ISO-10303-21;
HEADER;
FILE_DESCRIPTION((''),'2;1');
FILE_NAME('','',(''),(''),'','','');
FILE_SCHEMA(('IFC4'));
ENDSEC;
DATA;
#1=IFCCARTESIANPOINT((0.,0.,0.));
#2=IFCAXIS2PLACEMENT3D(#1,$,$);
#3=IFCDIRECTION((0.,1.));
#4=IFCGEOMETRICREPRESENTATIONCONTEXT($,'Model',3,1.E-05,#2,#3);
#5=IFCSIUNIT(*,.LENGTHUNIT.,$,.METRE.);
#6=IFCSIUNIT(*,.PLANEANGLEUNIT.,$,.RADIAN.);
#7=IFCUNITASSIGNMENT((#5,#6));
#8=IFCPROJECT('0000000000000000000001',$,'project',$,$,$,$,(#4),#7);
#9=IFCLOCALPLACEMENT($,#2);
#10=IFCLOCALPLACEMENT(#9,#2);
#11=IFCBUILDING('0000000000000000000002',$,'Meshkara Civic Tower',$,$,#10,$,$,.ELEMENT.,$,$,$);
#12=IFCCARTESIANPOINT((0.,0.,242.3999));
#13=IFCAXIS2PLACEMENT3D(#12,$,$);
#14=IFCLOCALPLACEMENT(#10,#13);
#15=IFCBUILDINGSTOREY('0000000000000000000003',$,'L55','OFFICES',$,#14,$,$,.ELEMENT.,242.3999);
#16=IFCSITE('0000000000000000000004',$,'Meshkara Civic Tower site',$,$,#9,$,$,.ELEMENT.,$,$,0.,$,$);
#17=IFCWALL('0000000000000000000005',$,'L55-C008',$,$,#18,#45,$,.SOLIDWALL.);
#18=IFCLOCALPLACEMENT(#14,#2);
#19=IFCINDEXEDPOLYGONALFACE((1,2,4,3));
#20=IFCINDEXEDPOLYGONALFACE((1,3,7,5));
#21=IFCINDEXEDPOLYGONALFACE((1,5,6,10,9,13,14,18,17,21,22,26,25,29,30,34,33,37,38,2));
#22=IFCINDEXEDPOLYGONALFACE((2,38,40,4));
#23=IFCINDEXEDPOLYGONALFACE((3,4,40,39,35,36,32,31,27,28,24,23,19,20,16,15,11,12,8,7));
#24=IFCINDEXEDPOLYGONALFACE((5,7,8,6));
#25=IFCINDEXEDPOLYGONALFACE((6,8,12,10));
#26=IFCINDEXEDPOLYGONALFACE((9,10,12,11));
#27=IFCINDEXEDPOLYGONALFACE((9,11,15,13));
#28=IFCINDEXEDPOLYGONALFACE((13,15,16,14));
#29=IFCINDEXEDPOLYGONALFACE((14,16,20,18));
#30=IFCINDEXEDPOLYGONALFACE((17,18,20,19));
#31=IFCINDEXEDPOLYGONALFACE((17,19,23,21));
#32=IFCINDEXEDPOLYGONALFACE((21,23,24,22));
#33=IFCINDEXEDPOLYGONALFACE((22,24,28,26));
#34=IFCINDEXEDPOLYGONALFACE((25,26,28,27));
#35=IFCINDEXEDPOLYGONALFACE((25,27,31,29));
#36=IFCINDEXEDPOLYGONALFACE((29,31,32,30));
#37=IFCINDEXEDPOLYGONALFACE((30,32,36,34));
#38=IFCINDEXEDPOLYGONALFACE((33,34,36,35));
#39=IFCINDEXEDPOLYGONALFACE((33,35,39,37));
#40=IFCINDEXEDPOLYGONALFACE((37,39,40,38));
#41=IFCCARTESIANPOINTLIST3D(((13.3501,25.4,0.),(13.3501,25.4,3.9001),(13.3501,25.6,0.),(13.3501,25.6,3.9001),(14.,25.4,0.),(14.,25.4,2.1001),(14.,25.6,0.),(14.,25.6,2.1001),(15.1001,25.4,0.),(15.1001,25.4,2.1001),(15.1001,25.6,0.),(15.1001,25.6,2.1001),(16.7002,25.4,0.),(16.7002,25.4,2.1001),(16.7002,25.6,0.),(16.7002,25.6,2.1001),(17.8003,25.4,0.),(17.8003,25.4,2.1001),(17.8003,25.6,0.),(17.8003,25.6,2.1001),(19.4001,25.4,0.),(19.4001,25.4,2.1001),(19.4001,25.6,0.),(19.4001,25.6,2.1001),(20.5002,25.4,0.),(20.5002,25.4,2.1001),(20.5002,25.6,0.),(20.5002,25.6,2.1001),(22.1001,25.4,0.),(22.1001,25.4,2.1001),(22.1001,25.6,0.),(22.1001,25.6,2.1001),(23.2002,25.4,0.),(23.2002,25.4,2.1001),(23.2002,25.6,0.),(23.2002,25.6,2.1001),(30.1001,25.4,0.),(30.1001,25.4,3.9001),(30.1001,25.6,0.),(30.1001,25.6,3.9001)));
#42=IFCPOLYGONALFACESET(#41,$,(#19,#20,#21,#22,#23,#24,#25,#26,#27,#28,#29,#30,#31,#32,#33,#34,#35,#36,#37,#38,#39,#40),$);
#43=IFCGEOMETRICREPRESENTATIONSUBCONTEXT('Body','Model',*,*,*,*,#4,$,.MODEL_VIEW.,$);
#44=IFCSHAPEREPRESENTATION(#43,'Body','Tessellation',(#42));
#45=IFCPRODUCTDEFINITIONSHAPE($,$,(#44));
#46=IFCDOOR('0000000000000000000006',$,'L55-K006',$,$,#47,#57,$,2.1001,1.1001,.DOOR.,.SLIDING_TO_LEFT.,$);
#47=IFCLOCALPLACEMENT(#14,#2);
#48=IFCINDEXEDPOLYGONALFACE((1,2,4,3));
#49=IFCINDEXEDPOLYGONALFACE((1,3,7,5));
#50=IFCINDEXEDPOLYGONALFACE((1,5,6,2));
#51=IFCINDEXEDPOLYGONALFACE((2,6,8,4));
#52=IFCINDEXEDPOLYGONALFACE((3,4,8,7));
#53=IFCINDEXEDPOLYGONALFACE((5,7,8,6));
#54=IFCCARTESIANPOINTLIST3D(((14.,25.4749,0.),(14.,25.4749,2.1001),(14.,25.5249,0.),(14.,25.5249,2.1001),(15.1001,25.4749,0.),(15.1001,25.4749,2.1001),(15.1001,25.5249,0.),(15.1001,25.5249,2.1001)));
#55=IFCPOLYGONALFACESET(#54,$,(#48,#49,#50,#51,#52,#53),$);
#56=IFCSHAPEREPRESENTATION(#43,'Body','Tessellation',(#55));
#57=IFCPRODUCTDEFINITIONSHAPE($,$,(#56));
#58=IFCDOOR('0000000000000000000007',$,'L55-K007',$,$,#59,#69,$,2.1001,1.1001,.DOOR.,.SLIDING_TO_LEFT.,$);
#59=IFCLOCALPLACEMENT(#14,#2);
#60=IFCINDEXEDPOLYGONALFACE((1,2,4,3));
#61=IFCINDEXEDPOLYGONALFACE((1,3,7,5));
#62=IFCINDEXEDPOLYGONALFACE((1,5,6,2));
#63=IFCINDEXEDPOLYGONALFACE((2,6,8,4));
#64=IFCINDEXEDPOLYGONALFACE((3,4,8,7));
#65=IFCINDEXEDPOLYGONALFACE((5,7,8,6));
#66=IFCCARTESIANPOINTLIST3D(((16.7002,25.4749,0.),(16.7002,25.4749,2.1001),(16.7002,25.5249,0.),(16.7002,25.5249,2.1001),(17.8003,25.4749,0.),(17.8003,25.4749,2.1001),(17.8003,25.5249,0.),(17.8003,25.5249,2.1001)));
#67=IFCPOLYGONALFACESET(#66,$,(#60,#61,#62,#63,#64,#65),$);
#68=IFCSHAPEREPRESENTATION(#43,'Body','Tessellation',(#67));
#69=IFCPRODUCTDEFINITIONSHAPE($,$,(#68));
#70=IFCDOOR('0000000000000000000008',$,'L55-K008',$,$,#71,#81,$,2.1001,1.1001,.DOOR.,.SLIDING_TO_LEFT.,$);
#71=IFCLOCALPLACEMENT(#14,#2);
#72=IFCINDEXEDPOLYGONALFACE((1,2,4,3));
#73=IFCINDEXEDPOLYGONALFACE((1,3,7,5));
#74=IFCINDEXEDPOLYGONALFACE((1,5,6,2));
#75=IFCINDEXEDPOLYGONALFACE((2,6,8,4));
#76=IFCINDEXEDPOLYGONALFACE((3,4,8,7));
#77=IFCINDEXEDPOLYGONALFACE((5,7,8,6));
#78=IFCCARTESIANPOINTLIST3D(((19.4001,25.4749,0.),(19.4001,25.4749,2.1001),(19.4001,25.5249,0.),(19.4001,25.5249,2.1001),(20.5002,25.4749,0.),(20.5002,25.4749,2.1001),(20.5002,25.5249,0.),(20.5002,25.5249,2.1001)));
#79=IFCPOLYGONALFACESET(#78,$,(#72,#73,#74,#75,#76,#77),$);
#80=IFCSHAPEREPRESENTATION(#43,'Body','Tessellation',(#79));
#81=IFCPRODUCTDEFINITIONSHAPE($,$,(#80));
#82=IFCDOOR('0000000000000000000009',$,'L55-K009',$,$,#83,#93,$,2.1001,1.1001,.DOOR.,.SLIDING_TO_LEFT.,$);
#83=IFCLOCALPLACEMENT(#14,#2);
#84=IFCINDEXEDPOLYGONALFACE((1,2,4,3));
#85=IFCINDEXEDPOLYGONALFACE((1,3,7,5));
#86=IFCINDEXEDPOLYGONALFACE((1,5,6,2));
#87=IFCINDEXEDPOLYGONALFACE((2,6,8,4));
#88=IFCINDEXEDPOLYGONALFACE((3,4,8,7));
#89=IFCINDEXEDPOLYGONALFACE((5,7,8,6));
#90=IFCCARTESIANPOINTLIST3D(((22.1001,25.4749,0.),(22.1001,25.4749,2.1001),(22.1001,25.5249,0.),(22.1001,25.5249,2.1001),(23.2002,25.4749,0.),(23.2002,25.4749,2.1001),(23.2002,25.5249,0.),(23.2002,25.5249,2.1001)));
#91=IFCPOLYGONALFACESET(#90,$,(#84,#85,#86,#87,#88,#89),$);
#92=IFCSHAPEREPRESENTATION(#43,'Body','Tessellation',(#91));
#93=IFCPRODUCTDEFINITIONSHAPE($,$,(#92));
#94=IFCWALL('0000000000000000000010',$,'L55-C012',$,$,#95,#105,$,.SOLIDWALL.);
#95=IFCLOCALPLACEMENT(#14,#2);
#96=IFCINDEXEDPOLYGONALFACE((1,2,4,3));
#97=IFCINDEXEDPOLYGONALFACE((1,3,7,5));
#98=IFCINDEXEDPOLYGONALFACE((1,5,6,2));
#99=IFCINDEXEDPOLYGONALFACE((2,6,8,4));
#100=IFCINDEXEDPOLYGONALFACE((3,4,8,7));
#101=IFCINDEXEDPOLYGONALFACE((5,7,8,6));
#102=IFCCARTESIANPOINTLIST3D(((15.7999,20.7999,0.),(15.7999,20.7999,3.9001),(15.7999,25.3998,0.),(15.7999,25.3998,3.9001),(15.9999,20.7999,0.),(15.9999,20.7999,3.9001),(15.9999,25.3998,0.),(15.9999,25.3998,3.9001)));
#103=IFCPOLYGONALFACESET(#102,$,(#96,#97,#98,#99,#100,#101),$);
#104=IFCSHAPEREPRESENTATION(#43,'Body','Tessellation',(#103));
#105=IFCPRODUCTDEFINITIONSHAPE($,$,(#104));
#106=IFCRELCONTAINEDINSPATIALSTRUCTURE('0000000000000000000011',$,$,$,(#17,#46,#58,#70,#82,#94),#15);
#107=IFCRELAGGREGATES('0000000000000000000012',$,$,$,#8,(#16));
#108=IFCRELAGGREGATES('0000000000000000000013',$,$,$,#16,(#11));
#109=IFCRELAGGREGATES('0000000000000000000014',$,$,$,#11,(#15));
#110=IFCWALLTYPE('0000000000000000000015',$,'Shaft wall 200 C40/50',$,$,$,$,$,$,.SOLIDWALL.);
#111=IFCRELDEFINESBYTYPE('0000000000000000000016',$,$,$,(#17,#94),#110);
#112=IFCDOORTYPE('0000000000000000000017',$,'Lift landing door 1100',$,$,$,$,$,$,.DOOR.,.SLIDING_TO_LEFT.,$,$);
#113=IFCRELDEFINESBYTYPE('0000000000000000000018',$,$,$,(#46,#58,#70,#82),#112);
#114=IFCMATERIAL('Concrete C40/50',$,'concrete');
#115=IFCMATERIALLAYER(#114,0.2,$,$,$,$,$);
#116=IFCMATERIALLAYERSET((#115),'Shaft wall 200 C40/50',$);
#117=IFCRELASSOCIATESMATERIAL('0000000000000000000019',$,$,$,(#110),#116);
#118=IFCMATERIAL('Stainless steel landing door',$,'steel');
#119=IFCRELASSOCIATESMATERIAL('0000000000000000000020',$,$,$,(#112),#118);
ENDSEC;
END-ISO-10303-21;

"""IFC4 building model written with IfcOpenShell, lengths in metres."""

from ifc_helpers import new_model, si_unit, direction, frame, frame_2d, origin, place, context, subcontext, project, spatial, rectangle, extrude, material, layer, layer_set, type_object, element, fill, save


model = new_model("IFC4")

# Units and contexts
model_context = context("Model", 3, precision=1e-05, world=origin(), true_north=direction((0.0, 1.0)))
body_context = subcontext(model_context, "Body", "Model", "MODEL_VIEW")
ifc_project = project(units=[si_unit("LENGTHUNIT", "METRE"), si_unit("PLANEANGLEUNIT", "RADIAN")], contexts=[model_context])

# Site, building, storey
site_placement = place(None, origin())
site = spatial("IfcSite", under=ifc_project, at=site_placement, Name="Meshkara Civic Tower site", CompositionType="ELEMENT", RefElevation=0.0)
building_placement = place(site_placement, origin())
building = spatial("IfcBuilding", under=site, at=building_placement, Name="Meshkara Civic Tower", CompositionType="ELEMENT")
storey_placement = place(building_placement, frame((0.0, 0.0, 242.3999)))
storey = spatial("IfcBuildingStorey", under=building, at=storey_placement, Name="L55", Description="OFFICES", CompositionType="ELEMENT", Elevation=242.3999)

# Wall, openings, doors
ifc_material_1 = material(Name="Concrete C40/50", Category="concrete")
ifc_layer_1 = layer(ifc_material_1, 0.2)
ifc_layer_set_1 = layer_set([ifc_layer_1], Name="Shaft wall 200 C40/50")
wall_type_1 = type_object("IfcWallType", Name="Shaft wall 200 C40/50", PredefinedType="SOLIDWALL", material=ifc_layer_set_1)
ifc_material_2 = material(Name="Stainless steel landing door", Category="steel")
door_type_1 = type_object("IfcDoorType", Name="Lift landing door 1100", OperationType="SLIDING_TO_LEFT", PredefinedType="DOOR", material=ifc_material_2)
wall_1_placement = place(storey_placement, frame((13.3501, 25.5, 0.0), z_axis=(0.0, 0.0, 1.0), x_axis=(1.0, 0.0, 0.0)))
wall_1 = element("IfcWall", 1, at=wall_1_placement, inside=storey, type_object=wall_type_1, Name="L55-C008", PredefinedType="SOLIDWALL", context=body_context, shape_type="SweptSolid", body=[
    extrude(rectangle(XDim=16.75, YDim=0.2, at=frame_2d((8.375, 0.0))), origin(), (0.0, 0.0, 1.0), 3.9001),
])
opening_1_placement = place(wall_1_placement, frame((0.6499, 0.0, 0.0)))
opening_1 = element("IfcOpeningElement", 2, at=opening_1_placement, cuts=wall_1, PredefinedType="OPENING", context=body_context, shape_type="SweptSolid", body=[
    extrude(rectangle(XDim=1.1001, YDim=2.1001, at=frame_2d((0.55, 1.05))), frame((0.0, 0.1099, 0.0), z_axis=(0.0, -1.0, 0.0), x_axis=(1.0, 0.0, 0.0)), (0.0, 0.0, 1.0), 0.22),
])
opening_2_placement = place(wall_1_placement, frame((3.3501, 0.0, 0.0)))
opening_2 = element("IfcOpeningElement", 3, at=opening_2_placement, cuts=wall_1, PredefinedType="OPENING", context=body_context, shape_type="SweptSolid", body=[
    extrude(rectangle(XDim=1.1001, YDim=2.1001, at=frame_2d((0.55, 1.05))), frame((0.0, 0.1099, 0.0), z_axis=(0.0, -1.0, 0.0), x_axis=(1.0, 0.0, 0.0)), (0.0, 0.0, 1.0), 0.22),
])
opening_3_placement = place(wall_1_placement, frame((6.05, 0.0, 0.0)))
opening_3 = element("IfcOpeningElement", 4, at=opening_3_placement, cuts=wall_1, PredefinedType="OPENING", context=body_context, shape_type="SweptSolid", body=[
    extrude(rectangle(XDim=1.1001, YDim=2.1001, at=frame_2d((0.55, 1.05))), frame((0.0, 0.1099, 0.0), z_axis=(0.0, -1.0, 0.0), x_axis=(1.0, 0.0, 0.0)), (0.0, 0.0, 1.0), 0.22),
])
opening_4_placement = place(wall_1_placement, frame((8.75, 0.0, 0.0)))
opening_4 = element("IfcOpeningElement", 5, at=opening_4_placement, cuts=wall_1, PredefinedType="OPENING", context=body_context, shape_type="SweptSolid", body=[
    extrude(rectangle(XDim=1.1001, YDim=2.1001, at=frame_2d((0.55, 1.05))), frame((0.0, 0.1099, 0.0), z_axis=(0.0, -1.0, 0.0), x_axis=(1.0, 0.0, 0.0)), (0.0, 0.0, 1.0), 0.22),
])
door_1_placement = place(opening_1_placement, origin())
door_1 = element("IfcDoor", 6, at=door_1_placement, inside=storey, type_object=door_type_1, Name="L55-K006", OperationType="SLIDING_TO_LEFT", OverallHeight=2.1001, OverallWidth=1.1001, PredefinedType="DOOR", context=body_context, shape_type="SweptSolid", body=[
    extrude(rectangle(XDim=1.1001, YDim=2.1001, at=frame_2d((0.55, 1.05))), frame((0.0, 0.0249, 0.0), z_axis=(0.0, -1.0, 0.0), x_axis=(1.0, 0.0, 0.0)), (0.0, 0.0, 1.0), 0.05),
])
fill(opening_1, door_1)
door_2_placement = place(opening_2_placement, origin())
door_2 = element("IfcDoor", 7, at=door_2_placement, inside=storey, type_object=door_type_1, Name="L55-K007", OperationType="SLIDING_TO_LEFT", OverallHeight=2.1001, OverallWidth=1.1001, PredefinedType="DOOR", context=body_context, shape_type="SweptSolid", body=[
    extrude(rectangle(XDim=1.1001, YDim=2.1001, at=frame_2d((0.55, 1.05))), frame((0.0, 0.0249, 0.0), z_axis=(0.0, -1.0, 0.0), x_axis=(1.0, 0.0, 0.0)), (0.0, 0.0, 1.0), 0.05),
])
fill(opening_2, door_2)
door_3_placement = place(opening_3_placement, origin())
door_3 = element("IfcDoor", 8, at=door_3_placement, inside=storey, type_object=door_type_1, Name="L55-K008", OperationType="SLIDING_TO_LEFT", OverallHeight=2.1001, OverallWidth=1.1001, PredefinedType="DOOR", context=body_context, shape_type="SweptSolid", body=[
    extrude(rectangle(XDim=1.1001, YDim=2.1001, at=frame_2d((0.55, 1.05))), frame((0.0, 0.0249, 0.0), z_axis=(0.0, -1.0, 0.0), x_axis=(1.0, 0.0, 0.0)), (0.0, 0.0, 1.0), 0.05),
])
fill(opening_3, door_3)
door_4_placement = place(opening_4_placement, origin())
door_4 = element("IfcDoor", 9, at=door_4_placement, inside=storey, type_object=door_type_1, Name="L55-K009", OperationType="SLIDING_TO_LEFT", OverallHeight=2.1001, OverallWidth=1.1001, PredefinedType="DOOR", context=body_context, shape_type="SweptSolid", body=[
    extrude(rectangle(XDim=1.1001, YDim=2.1001, at=frame_2d((0.55, 1.05))), frame((0.0, 0.0249, 0.0), z_axis=(0.0, -1.0, 0.0), x_axis=(1.0, 0.0, 0.0)), (0.0, 0.0, 1.0), 0.05),
])
fill(opening_4, door_4)

# Wall
wall_2_placement = place(storey_placement, frame((15.8999, 20.8, 0.0), z_axis=(0.0, 0.0, 1.0), x_axis=(0.0, 1.0, 0.0)))
element("IfcWall", 10, at=wall_2_placement, inside=storey, type_object=wall_type_1, Name="L55-C012", PredefinedType="SOLIDWALL", context=body_context, shape_type="SweptSolid", body=[
    extrude(rectangle(XDim=4.5999, YDim=0.2, at=frame_2d((2.2998, 0.0))), origin(), (0.0, 0.0, 1.0), 3.9001),
])

save(model, "model.ifc")
